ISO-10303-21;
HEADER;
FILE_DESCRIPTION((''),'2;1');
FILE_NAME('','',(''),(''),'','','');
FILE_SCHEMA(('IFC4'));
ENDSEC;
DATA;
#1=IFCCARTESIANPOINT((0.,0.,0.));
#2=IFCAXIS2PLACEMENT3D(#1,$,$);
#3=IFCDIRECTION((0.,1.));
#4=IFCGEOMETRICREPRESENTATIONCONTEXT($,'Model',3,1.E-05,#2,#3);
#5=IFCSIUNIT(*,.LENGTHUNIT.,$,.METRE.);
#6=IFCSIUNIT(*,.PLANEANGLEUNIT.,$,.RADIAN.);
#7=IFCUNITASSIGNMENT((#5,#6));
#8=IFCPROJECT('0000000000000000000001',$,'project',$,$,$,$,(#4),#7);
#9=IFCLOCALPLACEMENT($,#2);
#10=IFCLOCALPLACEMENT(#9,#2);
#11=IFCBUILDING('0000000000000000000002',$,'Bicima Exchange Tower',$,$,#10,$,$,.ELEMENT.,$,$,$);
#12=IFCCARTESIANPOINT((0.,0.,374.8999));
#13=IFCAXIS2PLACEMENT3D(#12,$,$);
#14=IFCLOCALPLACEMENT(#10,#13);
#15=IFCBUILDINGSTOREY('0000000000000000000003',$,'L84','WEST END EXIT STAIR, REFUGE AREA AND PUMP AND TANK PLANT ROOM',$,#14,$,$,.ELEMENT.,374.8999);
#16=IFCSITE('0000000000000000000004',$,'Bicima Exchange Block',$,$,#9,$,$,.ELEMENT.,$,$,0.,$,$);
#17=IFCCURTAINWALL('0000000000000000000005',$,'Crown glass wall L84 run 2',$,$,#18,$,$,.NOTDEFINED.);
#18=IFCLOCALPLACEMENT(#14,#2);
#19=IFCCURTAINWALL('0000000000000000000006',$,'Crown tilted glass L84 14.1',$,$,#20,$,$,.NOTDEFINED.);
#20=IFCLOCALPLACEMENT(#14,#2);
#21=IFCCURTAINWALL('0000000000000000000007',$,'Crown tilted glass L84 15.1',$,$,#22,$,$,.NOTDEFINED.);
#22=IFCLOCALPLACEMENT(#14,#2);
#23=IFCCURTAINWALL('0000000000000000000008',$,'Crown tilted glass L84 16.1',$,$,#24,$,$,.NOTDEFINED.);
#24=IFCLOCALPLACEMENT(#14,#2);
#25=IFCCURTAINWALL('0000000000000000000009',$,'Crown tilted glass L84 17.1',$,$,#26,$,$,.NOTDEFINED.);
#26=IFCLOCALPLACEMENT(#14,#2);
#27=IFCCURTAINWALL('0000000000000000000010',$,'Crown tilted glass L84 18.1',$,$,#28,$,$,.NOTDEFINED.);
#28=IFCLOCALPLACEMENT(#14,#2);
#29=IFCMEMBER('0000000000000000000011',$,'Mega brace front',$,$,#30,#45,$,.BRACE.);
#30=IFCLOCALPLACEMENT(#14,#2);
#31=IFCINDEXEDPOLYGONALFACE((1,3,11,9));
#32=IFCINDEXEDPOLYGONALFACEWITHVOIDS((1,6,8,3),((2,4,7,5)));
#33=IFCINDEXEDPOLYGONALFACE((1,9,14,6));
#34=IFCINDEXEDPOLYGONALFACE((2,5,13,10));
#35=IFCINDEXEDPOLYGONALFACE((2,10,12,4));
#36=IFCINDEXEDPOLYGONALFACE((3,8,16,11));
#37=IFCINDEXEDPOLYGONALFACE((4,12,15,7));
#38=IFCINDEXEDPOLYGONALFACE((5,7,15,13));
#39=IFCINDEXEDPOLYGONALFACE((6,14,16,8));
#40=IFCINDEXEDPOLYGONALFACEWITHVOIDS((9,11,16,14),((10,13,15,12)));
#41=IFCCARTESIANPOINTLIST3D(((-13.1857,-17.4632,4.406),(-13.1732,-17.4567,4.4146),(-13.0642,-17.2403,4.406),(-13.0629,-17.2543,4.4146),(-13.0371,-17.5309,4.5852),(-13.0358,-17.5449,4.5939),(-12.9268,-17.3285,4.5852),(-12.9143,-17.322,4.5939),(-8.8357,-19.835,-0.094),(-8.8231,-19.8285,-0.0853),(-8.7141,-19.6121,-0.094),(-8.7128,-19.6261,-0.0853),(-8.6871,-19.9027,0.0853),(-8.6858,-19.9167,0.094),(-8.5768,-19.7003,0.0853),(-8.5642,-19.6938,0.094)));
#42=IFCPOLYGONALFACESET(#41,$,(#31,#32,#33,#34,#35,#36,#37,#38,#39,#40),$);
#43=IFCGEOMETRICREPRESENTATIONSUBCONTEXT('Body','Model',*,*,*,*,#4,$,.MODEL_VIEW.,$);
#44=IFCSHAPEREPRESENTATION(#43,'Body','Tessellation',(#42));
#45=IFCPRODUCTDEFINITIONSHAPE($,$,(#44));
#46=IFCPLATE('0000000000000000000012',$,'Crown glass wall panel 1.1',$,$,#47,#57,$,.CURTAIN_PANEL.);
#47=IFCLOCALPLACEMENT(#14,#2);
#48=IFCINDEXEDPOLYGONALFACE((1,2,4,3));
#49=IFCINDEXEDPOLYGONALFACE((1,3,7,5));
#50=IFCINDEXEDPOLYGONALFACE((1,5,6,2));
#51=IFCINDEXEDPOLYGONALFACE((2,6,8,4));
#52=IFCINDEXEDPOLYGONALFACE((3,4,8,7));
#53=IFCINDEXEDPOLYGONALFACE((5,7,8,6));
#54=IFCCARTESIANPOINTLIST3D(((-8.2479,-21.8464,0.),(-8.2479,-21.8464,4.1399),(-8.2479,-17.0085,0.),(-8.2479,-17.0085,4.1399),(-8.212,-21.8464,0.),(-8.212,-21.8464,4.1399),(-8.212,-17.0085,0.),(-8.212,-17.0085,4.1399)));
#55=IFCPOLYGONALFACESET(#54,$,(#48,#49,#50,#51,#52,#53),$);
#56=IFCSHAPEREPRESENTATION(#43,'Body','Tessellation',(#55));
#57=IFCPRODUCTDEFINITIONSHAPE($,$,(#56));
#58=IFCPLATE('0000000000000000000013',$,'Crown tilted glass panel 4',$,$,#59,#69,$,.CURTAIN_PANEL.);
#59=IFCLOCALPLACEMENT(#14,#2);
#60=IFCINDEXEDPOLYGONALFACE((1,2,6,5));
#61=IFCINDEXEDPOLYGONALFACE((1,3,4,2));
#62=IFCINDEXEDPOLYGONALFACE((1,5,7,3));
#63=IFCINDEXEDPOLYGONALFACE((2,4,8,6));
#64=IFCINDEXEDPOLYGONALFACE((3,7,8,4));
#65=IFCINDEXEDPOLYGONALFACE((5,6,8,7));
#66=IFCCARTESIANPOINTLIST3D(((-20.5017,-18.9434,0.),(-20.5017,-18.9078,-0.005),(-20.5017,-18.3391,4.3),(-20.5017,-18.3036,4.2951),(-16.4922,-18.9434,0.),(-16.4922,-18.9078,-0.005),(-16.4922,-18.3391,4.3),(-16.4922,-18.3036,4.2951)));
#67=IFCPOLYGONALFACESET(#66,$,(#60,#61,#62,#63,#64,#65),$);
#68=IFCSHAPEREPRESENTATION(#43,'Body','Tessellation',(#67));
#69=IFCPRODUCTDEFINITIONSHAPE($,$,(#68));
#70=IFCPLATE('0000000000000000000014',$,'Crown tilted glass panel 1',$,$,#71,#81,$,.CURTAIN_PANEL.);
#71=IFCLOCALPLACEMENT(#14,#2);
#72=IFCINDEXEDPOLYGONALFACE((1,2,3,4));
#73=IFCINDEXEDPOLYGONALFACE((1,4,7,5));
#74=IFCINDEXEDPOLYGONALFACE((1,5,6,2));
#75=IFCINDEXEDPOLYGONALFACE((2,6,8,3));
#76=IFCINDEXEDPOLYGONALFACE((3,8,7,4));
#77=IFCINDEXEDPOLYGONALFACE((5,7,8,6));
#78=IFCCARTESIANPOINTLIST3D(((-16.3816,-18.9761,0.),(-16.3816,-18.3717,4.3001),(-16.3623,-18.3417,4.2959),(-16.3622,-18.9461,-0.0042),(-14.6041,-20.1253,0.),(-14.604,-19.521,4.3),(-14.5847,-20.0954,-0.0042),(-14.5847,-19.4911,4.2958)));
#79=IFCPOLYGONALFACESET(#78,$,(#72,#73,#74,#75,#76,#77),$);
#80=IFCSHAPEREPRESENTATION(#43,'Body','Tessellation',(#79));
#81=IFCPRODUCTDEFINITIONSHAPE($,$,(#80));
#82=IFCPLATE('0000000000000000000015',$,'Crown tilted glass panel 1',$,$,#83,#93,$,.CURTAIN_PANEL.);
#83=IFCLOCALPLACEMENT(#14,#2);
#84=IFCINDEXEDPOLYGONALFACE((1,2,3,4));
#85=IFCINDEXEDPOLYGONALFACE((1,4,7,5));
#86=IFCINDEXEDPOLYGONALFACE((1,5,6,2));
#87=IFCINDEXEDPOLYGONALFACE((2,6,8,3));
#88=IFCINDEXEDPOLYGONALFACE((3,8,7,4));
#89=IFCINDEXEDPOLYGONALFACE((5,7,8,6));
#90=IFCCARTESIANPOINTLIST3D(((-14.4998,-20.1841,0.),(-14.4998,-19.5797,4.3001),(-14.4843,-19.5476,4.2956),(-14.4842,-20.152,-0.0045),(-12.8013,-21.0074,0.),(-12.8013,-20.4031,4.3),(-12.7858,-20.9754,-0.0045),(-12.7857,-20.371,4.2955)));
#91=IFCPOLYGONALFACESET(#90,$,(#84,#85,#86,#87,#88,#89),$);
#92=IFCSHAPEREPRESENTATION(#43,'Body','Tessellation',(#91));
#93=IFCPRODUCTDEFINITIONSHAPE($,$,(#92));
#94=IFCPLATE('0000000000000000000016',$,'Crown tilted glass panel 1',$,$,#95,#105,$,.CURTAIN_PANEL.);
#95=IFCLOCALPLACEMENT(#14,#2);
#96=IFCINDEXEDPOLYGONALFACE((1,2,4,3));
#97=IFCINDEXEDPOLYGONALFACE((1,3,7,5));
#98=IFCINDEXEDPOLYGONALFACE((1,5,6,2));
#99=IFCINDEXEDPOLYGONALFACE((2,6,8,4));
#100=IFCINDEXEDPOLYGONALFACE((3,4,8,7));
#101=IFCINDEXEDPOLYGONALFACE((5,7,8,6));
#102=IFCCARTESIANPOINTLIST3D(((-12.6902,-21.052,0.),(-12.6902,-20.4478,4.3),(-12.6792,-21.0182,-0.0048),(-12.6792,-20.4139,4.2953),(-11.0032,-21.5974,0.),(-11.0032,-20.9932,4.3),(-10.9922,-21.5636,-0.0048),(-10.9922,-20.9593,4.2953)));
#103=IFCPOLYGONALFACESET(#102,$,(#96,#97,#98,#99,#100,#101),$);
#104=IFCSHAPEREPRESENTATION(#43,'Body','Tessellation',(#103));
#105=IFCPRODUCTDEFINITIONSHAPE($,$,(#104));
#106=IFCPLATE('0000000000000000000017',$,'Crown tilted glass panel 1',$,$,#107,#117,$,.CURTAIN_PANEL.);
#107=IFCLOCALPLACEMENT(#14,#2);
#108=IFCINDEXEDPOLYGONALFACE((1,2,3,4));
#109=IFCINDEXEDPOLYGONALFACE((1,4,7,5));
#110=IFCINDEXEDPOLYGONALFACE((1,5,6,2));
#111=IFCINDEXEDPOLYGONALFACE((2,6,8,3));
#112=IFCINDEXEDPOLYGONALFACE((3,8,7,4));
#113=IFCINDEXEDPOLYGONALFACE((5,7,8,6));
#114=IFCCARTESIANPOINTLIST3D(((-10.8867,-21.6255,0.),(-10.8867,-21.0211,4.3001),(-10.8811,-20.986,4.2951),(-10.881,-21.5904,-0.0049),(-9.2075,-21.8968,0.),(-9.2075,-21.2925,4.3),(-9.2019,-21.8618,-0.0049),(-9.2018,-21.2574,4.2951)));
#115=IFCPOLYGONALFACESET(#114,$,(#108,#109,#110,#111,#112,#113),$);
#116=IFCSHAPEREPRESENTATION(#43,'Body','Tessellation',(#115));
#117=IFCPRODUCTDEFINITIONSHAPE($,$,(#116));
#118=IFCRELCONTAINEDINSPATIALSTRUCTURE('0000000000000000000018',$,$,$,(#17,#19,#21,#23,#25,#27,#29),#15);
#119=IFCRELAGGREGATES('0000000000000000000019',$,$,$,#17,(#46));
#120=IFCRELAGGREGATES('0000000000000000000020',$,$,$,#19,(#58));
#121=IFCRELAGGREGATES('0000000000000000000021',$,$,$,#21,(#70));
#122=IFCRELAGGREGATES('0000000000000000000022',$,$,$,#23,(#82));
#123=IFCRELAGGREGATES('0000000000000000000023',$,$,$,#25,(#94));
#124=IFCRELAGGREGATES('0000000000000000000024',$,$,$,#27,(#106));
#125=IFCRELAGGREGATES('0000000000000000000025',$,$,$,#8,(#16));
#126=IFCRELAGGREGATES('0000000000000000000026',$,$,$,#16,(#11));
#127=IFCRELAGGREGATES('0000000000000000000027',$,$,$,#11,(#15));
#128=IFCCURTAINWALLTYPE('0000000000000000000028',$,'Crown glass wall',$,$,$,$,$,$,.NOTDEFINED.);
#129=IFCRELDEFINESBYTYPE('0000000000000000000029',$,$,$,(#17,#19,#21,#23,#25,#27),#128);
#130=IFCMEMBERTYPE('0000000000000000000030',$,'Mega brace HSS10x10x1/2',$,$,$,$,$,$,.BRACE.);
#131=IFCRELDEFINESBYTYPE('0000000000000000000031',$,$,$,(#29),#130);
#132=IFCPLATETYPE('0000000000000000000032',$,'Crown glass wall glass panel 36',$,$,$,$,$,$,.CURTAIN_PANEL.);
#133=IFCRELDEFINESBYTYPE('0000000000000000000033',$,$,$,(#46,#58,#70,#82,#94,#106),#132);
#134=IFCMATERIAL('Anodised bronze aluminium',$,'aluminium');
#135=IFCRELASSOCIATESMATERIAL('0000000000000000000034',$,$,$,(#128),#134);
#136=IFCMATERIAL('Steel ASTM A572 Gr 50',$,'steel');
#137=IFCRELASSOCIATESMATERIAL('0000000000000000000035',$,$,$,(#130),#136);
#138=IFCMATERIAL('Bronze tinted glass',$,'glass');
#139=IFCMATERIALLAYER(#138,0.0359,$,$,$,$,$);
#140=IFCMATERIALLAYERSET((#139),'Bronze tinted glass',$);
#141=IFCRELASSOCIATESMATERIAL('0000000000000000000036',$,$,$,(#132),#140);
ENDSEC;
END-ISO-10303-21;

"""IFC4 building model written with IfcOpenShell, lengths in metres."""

from ifc_helpers import new_model, si_unit, direction, frame, origin, origin_2d, place, context, subcontext, project, spatial, polyline, rectangle, hollow_rectangle, outline, extrude, material, layer, layer_set, material_profile, profile_set, type_object, element, aggregate, save


model = new_model("IFC4")

# Units and contexts
model_context = context("Model", 3, precision=1e-05, world=origin(), true_north=direction((0.0, 1.0)))
body_context = subcontext(model_context, "Body", "Model", "MODEL_VIEW")
ifc_project = project(units=[si_unit("LENGTHUNIT", "METRE"), si_unit("PLANEANGLEUNIT", "RADIAN")], contexts=[model_context])

# Site, building, storey
site_placement = place(None, origin())
site = spatial("IfcSite", under=ifc_project, at=site_placement, Name="Bicima Exchange Block", CompositionType="ELEMENT", RefElevation=0.0)
building_placement = place(site_placement, origin())
building = spatial("IfcBuilding", under=site, at=building_placement, Name="Bicima Exchange Tower", CompositionType="ELEMENT")
storey_placement = place(building_placement, frame((0.0, 0.0, 374.8999)))
storey = spatial("IfcBuildingStorey", under=building, at=storey_placement, Name="L84", Description="WEST END EXIT STAIR, REFUGE AREA AND PUMP AND TANK PLANT ROOM", CompositionType="ELEMENT", Elevation=374.8999)

# Curtain walls
ifc_material_1 = material(Name="Anodised bronze aluminium", Category="aluminium")
curtain_wall_type = type_object("IfcCurtainWallType", Name="Crown glass wall", PredefinedType="NOTDEFINED", material=ifc_material_1)
curtain_wall_1_placement = place(storey_placement, origin())
curtain_wall_1 = element("IfcCurtainWall", 1, at=curtain_wall_1_placement, inside=storey, type_object=curtain_wall_type, Name="Crown glass wall L84 run 2", PredefinedType="NOTDEFINED")
curtain_wall_2_placement = place(storey_placement, origin())
curtain_wall_2 = element("IfcCurtainWall", 2, at=curtain_wall_2_placement, inside=storey, type_object=curtain_wall_type, Name="Crown tilted glass L84 14.1", PredefinedType="NOTDEFINED")
curtain_wall_3_placement = place(storey_placement, origin())
curtain_wall_3 = element("IfcCurtainWall", 3, at=curtain_wall_3_placement, inside=storey, type_object=curtain_wall_type, Name="Crown tilted glass L84 15.1", PredefinedType="NOTDEFINED")
curtain_wall_4_placement = place(storey_placement, origin())
curtain_wall_4 = element("IfcCurtainWall", 4, at=curtain_wall_4_placement, inside=storey, type_object=curtain_wall_type, Name="Crown tilted glass L84 16.1", PredefinedType="NOTDEFINED")
curtain_wall_5_placement = place(storey_placement, origin())
curtain_wall_5 = element("IfcCurtainWall", 5, at=curtain_wall_5_placement, inside=storey, type_object=curtain_wall_type, Name="Crown tilted glass L84 17.1", PredefinedType="NOTDEFINED")
curtain_wall_6_placement = place(storey_placement, origin())
curtain_wall_6 = element("IfcCurtainWall", 6, at=curtain_wall_6_placement, inside=storey, type_object=curtain_wall_type, Name="Crown tilted glass L84 18.1", PredefinedType="NOTDEFINED")

# Member
ifc_material_2 = material(Name="Steel ASTM A572 Gr 50", Category="steel")
ifc_material_profile_1 = material_profile(ifc_material_2, hollow_rectangle(XDim=0.2539, YDim=0.2539, WallThickness=0.0117, at=origin_2d()))
ifc_profile_set_1 = profile_set([ifc_material_profile_1], Name="Steel ASTM A572 Gr 50")
member_type_1 = type_object("IfcMemberType", Name="Mega brace HSS10x10x1/2", PredefinedType="BRACE", material=ifc_profile_set_1)
member_1_placement = place(storey_placement, frame((-8.7, -19.7644, 0.0), z_axis=(-0.649928, 0.354364, 0.672324), x_axis=(-0.478704, -0.877977, 0.0)))
element("IfcMember", 7, at=member_1_placement, inside=storey, type_object=member_type_1, Name="Mega brace front", PredefinedType="BRACE", context=body_context, shape_type="SweptSolid", body=[
    extrude(hollow_rectangle(XDim=0.2539, YDim=0.2539, WallThickness=0.0117, at=origin_2d()), origin(), (0.0, 0.0, 1.0), 6.6931),
])

# Plates
ifc_material_3 = material(Name="Bronze tinted glass", Category="glass")
ifc_layer = layer(ifc_material_3, 0.0359)
ifc_layer_set = layer_set([ifc_layer], Name="Bronze tinted glass")
plate_type = type_object("IfcPlateType", Name="Crown glass wall glass panel 36", PredefinedType="CURTAIN_PANEL", material=ifc_layer_set)
plate_1_placement = place(storey_placement, frame((-8.23, -19.4275, 0.0), z_axis=(0.0, 0.0, 1.0), x_axis=(0.0, 1.0, 0.0)))
plate_1 = element("IfcPlate", 8, at=plate_1_placement, type_object=plate_type, Name="Crown glass wall panel 1.1", PredefinedType="CURTAIN_PANEL", context=body_context, shape_type="SweptSolid", body=[
    extrude(rectangle(XDim=4.8379, YDim=0.0359, at=origin_2d()), origin(), (0.0, 0.0, 1.0), 4.1399),
])
aggregate(curtain_wall_1, [plate_1])
plate_2_placement = place(storey_placement, frame((-20.5017, -18.9434, 0.0), z_axis=(0.0, -0.990271, 0.139154), x_axis=(1.0, 0.0, 0.0)))
plate_2 = element("IfcPlate", 9, at=plate_2_placement, type_object=plate_type, Name="Crown tilted glass panel 4", PredefinedType="CURTAIN_PANEL", context=body_context, shape_type="SweptSolid", body=[
    extrude(outline(polyline([(0.0, 0.0), (4.0095, 0.0), (4.0095, 4.3423), (0.0, 4.3423), (0.0, 0.0)])), origin(), (0.0, 0.0, -1.0), 0.0359),
])
aggregate(curtain_wall_2, [plate_2])
plate_3_placement = place(storey_placement, frame((-16.3816, -18.9761, 0.0), z_axis=(-0.539205, -0.833978, 0.117215), x_axis=(0.839767, -0.542947, 0.000006)))
plate_3 = element("IfcPlate", 10, at=plate_3_placement, type_object=plate_type, Name="Crown tilted glass panel 1", PredefinedType="CURTAIN_PANEL", context=body_context, shape_type="SweptSolid", body=[
    extrude(outline(polyline([(0.0, 0.0), (2.1167, 0.0), (1.7886, 4.3299), (-0.3282, 4.3299), (0.0, 0.0)])), origin(), (0.0, 0.0, -1.0), 0.0359),
])
aggregate(curtain_wall_3, [plate_3])
plate_4_placement = place(storey_placement, frame((-14.4998, -20.1841, 0.0), z_axis=(-0.432764, -0.892733, 0.125473), x_axis=(0.899845, -0.436211, 0.000007)))
plate_4 = element("IfcPlate", 11, at=plate_4_placement, type_object=plate_type, Name="Crown tilted glass panel 1", PredefinedType="CURTAIN_PANEL", context=body_context, shape_type="SweptSolid", body=[
    extrude(outline(polyline([(0.0, 0.0), (1.8875, 0.0), (1.6239, 4.3343), (-0.2637, 4.3343), (0.0, 0.0)])), origin(), (0.0, 0.0, -1.0), 0.0359),
])
aggregate(curtain_wall_4, [plate_4])
plate_5_placement = place(storey_placement, frame((-12.6902, -21.052, 0.0), z_axis=(-0.304909, -0.943116, 0.132528), x_axis=(0.951509, -0.307622, 0.0)))
plate_5 = element("IfcPlate", 12, at=plate_5_placement, type_object=plate_type, Name="Crown tilted glass panel 1", PredefinedType="CURTAIN_PANEL", context=body_context, shape_type="SweptSolid", body=[
    extrude(outline(polyline([(0.0, 0.0), (1.773, 0.0), (1.5871, 4.3383), (-0.1859, 4.3383), (0.0, 0.0)])), origin(), (0.0, 0.0, -1.0), 0.0359),
])
aggregate(curtain_wall_5, [plate_5])
plate_6_placement = place(storey_placement, frame((-10.8867, -21.6255, 0.0), z_axis=(-0.158019, -0.977825, 0.137433), x_axis=(0.987193, -0.159531, 0.00001)))
plate_6 = element("IfcPlate", 13, at=plate_6_placement, type_object=plate_type, Name="Crown tilted glass panel 1", PredefinedType="CURTAIN_PANEL", context=body_context, shape_type="SweptSolid", body=[
    extrude(outline(polyline([(0.0, 0.0), (1.701, 0.0), (1.6046, 4.3412), (-0.0964, 4.3413), (0.0, 0.0)])), origin(), (0.0, 0.0, -1.0), 0.0359),
])
aggregate(curtain_wall_6, [plate_6])

save(model, "model.ifc")
